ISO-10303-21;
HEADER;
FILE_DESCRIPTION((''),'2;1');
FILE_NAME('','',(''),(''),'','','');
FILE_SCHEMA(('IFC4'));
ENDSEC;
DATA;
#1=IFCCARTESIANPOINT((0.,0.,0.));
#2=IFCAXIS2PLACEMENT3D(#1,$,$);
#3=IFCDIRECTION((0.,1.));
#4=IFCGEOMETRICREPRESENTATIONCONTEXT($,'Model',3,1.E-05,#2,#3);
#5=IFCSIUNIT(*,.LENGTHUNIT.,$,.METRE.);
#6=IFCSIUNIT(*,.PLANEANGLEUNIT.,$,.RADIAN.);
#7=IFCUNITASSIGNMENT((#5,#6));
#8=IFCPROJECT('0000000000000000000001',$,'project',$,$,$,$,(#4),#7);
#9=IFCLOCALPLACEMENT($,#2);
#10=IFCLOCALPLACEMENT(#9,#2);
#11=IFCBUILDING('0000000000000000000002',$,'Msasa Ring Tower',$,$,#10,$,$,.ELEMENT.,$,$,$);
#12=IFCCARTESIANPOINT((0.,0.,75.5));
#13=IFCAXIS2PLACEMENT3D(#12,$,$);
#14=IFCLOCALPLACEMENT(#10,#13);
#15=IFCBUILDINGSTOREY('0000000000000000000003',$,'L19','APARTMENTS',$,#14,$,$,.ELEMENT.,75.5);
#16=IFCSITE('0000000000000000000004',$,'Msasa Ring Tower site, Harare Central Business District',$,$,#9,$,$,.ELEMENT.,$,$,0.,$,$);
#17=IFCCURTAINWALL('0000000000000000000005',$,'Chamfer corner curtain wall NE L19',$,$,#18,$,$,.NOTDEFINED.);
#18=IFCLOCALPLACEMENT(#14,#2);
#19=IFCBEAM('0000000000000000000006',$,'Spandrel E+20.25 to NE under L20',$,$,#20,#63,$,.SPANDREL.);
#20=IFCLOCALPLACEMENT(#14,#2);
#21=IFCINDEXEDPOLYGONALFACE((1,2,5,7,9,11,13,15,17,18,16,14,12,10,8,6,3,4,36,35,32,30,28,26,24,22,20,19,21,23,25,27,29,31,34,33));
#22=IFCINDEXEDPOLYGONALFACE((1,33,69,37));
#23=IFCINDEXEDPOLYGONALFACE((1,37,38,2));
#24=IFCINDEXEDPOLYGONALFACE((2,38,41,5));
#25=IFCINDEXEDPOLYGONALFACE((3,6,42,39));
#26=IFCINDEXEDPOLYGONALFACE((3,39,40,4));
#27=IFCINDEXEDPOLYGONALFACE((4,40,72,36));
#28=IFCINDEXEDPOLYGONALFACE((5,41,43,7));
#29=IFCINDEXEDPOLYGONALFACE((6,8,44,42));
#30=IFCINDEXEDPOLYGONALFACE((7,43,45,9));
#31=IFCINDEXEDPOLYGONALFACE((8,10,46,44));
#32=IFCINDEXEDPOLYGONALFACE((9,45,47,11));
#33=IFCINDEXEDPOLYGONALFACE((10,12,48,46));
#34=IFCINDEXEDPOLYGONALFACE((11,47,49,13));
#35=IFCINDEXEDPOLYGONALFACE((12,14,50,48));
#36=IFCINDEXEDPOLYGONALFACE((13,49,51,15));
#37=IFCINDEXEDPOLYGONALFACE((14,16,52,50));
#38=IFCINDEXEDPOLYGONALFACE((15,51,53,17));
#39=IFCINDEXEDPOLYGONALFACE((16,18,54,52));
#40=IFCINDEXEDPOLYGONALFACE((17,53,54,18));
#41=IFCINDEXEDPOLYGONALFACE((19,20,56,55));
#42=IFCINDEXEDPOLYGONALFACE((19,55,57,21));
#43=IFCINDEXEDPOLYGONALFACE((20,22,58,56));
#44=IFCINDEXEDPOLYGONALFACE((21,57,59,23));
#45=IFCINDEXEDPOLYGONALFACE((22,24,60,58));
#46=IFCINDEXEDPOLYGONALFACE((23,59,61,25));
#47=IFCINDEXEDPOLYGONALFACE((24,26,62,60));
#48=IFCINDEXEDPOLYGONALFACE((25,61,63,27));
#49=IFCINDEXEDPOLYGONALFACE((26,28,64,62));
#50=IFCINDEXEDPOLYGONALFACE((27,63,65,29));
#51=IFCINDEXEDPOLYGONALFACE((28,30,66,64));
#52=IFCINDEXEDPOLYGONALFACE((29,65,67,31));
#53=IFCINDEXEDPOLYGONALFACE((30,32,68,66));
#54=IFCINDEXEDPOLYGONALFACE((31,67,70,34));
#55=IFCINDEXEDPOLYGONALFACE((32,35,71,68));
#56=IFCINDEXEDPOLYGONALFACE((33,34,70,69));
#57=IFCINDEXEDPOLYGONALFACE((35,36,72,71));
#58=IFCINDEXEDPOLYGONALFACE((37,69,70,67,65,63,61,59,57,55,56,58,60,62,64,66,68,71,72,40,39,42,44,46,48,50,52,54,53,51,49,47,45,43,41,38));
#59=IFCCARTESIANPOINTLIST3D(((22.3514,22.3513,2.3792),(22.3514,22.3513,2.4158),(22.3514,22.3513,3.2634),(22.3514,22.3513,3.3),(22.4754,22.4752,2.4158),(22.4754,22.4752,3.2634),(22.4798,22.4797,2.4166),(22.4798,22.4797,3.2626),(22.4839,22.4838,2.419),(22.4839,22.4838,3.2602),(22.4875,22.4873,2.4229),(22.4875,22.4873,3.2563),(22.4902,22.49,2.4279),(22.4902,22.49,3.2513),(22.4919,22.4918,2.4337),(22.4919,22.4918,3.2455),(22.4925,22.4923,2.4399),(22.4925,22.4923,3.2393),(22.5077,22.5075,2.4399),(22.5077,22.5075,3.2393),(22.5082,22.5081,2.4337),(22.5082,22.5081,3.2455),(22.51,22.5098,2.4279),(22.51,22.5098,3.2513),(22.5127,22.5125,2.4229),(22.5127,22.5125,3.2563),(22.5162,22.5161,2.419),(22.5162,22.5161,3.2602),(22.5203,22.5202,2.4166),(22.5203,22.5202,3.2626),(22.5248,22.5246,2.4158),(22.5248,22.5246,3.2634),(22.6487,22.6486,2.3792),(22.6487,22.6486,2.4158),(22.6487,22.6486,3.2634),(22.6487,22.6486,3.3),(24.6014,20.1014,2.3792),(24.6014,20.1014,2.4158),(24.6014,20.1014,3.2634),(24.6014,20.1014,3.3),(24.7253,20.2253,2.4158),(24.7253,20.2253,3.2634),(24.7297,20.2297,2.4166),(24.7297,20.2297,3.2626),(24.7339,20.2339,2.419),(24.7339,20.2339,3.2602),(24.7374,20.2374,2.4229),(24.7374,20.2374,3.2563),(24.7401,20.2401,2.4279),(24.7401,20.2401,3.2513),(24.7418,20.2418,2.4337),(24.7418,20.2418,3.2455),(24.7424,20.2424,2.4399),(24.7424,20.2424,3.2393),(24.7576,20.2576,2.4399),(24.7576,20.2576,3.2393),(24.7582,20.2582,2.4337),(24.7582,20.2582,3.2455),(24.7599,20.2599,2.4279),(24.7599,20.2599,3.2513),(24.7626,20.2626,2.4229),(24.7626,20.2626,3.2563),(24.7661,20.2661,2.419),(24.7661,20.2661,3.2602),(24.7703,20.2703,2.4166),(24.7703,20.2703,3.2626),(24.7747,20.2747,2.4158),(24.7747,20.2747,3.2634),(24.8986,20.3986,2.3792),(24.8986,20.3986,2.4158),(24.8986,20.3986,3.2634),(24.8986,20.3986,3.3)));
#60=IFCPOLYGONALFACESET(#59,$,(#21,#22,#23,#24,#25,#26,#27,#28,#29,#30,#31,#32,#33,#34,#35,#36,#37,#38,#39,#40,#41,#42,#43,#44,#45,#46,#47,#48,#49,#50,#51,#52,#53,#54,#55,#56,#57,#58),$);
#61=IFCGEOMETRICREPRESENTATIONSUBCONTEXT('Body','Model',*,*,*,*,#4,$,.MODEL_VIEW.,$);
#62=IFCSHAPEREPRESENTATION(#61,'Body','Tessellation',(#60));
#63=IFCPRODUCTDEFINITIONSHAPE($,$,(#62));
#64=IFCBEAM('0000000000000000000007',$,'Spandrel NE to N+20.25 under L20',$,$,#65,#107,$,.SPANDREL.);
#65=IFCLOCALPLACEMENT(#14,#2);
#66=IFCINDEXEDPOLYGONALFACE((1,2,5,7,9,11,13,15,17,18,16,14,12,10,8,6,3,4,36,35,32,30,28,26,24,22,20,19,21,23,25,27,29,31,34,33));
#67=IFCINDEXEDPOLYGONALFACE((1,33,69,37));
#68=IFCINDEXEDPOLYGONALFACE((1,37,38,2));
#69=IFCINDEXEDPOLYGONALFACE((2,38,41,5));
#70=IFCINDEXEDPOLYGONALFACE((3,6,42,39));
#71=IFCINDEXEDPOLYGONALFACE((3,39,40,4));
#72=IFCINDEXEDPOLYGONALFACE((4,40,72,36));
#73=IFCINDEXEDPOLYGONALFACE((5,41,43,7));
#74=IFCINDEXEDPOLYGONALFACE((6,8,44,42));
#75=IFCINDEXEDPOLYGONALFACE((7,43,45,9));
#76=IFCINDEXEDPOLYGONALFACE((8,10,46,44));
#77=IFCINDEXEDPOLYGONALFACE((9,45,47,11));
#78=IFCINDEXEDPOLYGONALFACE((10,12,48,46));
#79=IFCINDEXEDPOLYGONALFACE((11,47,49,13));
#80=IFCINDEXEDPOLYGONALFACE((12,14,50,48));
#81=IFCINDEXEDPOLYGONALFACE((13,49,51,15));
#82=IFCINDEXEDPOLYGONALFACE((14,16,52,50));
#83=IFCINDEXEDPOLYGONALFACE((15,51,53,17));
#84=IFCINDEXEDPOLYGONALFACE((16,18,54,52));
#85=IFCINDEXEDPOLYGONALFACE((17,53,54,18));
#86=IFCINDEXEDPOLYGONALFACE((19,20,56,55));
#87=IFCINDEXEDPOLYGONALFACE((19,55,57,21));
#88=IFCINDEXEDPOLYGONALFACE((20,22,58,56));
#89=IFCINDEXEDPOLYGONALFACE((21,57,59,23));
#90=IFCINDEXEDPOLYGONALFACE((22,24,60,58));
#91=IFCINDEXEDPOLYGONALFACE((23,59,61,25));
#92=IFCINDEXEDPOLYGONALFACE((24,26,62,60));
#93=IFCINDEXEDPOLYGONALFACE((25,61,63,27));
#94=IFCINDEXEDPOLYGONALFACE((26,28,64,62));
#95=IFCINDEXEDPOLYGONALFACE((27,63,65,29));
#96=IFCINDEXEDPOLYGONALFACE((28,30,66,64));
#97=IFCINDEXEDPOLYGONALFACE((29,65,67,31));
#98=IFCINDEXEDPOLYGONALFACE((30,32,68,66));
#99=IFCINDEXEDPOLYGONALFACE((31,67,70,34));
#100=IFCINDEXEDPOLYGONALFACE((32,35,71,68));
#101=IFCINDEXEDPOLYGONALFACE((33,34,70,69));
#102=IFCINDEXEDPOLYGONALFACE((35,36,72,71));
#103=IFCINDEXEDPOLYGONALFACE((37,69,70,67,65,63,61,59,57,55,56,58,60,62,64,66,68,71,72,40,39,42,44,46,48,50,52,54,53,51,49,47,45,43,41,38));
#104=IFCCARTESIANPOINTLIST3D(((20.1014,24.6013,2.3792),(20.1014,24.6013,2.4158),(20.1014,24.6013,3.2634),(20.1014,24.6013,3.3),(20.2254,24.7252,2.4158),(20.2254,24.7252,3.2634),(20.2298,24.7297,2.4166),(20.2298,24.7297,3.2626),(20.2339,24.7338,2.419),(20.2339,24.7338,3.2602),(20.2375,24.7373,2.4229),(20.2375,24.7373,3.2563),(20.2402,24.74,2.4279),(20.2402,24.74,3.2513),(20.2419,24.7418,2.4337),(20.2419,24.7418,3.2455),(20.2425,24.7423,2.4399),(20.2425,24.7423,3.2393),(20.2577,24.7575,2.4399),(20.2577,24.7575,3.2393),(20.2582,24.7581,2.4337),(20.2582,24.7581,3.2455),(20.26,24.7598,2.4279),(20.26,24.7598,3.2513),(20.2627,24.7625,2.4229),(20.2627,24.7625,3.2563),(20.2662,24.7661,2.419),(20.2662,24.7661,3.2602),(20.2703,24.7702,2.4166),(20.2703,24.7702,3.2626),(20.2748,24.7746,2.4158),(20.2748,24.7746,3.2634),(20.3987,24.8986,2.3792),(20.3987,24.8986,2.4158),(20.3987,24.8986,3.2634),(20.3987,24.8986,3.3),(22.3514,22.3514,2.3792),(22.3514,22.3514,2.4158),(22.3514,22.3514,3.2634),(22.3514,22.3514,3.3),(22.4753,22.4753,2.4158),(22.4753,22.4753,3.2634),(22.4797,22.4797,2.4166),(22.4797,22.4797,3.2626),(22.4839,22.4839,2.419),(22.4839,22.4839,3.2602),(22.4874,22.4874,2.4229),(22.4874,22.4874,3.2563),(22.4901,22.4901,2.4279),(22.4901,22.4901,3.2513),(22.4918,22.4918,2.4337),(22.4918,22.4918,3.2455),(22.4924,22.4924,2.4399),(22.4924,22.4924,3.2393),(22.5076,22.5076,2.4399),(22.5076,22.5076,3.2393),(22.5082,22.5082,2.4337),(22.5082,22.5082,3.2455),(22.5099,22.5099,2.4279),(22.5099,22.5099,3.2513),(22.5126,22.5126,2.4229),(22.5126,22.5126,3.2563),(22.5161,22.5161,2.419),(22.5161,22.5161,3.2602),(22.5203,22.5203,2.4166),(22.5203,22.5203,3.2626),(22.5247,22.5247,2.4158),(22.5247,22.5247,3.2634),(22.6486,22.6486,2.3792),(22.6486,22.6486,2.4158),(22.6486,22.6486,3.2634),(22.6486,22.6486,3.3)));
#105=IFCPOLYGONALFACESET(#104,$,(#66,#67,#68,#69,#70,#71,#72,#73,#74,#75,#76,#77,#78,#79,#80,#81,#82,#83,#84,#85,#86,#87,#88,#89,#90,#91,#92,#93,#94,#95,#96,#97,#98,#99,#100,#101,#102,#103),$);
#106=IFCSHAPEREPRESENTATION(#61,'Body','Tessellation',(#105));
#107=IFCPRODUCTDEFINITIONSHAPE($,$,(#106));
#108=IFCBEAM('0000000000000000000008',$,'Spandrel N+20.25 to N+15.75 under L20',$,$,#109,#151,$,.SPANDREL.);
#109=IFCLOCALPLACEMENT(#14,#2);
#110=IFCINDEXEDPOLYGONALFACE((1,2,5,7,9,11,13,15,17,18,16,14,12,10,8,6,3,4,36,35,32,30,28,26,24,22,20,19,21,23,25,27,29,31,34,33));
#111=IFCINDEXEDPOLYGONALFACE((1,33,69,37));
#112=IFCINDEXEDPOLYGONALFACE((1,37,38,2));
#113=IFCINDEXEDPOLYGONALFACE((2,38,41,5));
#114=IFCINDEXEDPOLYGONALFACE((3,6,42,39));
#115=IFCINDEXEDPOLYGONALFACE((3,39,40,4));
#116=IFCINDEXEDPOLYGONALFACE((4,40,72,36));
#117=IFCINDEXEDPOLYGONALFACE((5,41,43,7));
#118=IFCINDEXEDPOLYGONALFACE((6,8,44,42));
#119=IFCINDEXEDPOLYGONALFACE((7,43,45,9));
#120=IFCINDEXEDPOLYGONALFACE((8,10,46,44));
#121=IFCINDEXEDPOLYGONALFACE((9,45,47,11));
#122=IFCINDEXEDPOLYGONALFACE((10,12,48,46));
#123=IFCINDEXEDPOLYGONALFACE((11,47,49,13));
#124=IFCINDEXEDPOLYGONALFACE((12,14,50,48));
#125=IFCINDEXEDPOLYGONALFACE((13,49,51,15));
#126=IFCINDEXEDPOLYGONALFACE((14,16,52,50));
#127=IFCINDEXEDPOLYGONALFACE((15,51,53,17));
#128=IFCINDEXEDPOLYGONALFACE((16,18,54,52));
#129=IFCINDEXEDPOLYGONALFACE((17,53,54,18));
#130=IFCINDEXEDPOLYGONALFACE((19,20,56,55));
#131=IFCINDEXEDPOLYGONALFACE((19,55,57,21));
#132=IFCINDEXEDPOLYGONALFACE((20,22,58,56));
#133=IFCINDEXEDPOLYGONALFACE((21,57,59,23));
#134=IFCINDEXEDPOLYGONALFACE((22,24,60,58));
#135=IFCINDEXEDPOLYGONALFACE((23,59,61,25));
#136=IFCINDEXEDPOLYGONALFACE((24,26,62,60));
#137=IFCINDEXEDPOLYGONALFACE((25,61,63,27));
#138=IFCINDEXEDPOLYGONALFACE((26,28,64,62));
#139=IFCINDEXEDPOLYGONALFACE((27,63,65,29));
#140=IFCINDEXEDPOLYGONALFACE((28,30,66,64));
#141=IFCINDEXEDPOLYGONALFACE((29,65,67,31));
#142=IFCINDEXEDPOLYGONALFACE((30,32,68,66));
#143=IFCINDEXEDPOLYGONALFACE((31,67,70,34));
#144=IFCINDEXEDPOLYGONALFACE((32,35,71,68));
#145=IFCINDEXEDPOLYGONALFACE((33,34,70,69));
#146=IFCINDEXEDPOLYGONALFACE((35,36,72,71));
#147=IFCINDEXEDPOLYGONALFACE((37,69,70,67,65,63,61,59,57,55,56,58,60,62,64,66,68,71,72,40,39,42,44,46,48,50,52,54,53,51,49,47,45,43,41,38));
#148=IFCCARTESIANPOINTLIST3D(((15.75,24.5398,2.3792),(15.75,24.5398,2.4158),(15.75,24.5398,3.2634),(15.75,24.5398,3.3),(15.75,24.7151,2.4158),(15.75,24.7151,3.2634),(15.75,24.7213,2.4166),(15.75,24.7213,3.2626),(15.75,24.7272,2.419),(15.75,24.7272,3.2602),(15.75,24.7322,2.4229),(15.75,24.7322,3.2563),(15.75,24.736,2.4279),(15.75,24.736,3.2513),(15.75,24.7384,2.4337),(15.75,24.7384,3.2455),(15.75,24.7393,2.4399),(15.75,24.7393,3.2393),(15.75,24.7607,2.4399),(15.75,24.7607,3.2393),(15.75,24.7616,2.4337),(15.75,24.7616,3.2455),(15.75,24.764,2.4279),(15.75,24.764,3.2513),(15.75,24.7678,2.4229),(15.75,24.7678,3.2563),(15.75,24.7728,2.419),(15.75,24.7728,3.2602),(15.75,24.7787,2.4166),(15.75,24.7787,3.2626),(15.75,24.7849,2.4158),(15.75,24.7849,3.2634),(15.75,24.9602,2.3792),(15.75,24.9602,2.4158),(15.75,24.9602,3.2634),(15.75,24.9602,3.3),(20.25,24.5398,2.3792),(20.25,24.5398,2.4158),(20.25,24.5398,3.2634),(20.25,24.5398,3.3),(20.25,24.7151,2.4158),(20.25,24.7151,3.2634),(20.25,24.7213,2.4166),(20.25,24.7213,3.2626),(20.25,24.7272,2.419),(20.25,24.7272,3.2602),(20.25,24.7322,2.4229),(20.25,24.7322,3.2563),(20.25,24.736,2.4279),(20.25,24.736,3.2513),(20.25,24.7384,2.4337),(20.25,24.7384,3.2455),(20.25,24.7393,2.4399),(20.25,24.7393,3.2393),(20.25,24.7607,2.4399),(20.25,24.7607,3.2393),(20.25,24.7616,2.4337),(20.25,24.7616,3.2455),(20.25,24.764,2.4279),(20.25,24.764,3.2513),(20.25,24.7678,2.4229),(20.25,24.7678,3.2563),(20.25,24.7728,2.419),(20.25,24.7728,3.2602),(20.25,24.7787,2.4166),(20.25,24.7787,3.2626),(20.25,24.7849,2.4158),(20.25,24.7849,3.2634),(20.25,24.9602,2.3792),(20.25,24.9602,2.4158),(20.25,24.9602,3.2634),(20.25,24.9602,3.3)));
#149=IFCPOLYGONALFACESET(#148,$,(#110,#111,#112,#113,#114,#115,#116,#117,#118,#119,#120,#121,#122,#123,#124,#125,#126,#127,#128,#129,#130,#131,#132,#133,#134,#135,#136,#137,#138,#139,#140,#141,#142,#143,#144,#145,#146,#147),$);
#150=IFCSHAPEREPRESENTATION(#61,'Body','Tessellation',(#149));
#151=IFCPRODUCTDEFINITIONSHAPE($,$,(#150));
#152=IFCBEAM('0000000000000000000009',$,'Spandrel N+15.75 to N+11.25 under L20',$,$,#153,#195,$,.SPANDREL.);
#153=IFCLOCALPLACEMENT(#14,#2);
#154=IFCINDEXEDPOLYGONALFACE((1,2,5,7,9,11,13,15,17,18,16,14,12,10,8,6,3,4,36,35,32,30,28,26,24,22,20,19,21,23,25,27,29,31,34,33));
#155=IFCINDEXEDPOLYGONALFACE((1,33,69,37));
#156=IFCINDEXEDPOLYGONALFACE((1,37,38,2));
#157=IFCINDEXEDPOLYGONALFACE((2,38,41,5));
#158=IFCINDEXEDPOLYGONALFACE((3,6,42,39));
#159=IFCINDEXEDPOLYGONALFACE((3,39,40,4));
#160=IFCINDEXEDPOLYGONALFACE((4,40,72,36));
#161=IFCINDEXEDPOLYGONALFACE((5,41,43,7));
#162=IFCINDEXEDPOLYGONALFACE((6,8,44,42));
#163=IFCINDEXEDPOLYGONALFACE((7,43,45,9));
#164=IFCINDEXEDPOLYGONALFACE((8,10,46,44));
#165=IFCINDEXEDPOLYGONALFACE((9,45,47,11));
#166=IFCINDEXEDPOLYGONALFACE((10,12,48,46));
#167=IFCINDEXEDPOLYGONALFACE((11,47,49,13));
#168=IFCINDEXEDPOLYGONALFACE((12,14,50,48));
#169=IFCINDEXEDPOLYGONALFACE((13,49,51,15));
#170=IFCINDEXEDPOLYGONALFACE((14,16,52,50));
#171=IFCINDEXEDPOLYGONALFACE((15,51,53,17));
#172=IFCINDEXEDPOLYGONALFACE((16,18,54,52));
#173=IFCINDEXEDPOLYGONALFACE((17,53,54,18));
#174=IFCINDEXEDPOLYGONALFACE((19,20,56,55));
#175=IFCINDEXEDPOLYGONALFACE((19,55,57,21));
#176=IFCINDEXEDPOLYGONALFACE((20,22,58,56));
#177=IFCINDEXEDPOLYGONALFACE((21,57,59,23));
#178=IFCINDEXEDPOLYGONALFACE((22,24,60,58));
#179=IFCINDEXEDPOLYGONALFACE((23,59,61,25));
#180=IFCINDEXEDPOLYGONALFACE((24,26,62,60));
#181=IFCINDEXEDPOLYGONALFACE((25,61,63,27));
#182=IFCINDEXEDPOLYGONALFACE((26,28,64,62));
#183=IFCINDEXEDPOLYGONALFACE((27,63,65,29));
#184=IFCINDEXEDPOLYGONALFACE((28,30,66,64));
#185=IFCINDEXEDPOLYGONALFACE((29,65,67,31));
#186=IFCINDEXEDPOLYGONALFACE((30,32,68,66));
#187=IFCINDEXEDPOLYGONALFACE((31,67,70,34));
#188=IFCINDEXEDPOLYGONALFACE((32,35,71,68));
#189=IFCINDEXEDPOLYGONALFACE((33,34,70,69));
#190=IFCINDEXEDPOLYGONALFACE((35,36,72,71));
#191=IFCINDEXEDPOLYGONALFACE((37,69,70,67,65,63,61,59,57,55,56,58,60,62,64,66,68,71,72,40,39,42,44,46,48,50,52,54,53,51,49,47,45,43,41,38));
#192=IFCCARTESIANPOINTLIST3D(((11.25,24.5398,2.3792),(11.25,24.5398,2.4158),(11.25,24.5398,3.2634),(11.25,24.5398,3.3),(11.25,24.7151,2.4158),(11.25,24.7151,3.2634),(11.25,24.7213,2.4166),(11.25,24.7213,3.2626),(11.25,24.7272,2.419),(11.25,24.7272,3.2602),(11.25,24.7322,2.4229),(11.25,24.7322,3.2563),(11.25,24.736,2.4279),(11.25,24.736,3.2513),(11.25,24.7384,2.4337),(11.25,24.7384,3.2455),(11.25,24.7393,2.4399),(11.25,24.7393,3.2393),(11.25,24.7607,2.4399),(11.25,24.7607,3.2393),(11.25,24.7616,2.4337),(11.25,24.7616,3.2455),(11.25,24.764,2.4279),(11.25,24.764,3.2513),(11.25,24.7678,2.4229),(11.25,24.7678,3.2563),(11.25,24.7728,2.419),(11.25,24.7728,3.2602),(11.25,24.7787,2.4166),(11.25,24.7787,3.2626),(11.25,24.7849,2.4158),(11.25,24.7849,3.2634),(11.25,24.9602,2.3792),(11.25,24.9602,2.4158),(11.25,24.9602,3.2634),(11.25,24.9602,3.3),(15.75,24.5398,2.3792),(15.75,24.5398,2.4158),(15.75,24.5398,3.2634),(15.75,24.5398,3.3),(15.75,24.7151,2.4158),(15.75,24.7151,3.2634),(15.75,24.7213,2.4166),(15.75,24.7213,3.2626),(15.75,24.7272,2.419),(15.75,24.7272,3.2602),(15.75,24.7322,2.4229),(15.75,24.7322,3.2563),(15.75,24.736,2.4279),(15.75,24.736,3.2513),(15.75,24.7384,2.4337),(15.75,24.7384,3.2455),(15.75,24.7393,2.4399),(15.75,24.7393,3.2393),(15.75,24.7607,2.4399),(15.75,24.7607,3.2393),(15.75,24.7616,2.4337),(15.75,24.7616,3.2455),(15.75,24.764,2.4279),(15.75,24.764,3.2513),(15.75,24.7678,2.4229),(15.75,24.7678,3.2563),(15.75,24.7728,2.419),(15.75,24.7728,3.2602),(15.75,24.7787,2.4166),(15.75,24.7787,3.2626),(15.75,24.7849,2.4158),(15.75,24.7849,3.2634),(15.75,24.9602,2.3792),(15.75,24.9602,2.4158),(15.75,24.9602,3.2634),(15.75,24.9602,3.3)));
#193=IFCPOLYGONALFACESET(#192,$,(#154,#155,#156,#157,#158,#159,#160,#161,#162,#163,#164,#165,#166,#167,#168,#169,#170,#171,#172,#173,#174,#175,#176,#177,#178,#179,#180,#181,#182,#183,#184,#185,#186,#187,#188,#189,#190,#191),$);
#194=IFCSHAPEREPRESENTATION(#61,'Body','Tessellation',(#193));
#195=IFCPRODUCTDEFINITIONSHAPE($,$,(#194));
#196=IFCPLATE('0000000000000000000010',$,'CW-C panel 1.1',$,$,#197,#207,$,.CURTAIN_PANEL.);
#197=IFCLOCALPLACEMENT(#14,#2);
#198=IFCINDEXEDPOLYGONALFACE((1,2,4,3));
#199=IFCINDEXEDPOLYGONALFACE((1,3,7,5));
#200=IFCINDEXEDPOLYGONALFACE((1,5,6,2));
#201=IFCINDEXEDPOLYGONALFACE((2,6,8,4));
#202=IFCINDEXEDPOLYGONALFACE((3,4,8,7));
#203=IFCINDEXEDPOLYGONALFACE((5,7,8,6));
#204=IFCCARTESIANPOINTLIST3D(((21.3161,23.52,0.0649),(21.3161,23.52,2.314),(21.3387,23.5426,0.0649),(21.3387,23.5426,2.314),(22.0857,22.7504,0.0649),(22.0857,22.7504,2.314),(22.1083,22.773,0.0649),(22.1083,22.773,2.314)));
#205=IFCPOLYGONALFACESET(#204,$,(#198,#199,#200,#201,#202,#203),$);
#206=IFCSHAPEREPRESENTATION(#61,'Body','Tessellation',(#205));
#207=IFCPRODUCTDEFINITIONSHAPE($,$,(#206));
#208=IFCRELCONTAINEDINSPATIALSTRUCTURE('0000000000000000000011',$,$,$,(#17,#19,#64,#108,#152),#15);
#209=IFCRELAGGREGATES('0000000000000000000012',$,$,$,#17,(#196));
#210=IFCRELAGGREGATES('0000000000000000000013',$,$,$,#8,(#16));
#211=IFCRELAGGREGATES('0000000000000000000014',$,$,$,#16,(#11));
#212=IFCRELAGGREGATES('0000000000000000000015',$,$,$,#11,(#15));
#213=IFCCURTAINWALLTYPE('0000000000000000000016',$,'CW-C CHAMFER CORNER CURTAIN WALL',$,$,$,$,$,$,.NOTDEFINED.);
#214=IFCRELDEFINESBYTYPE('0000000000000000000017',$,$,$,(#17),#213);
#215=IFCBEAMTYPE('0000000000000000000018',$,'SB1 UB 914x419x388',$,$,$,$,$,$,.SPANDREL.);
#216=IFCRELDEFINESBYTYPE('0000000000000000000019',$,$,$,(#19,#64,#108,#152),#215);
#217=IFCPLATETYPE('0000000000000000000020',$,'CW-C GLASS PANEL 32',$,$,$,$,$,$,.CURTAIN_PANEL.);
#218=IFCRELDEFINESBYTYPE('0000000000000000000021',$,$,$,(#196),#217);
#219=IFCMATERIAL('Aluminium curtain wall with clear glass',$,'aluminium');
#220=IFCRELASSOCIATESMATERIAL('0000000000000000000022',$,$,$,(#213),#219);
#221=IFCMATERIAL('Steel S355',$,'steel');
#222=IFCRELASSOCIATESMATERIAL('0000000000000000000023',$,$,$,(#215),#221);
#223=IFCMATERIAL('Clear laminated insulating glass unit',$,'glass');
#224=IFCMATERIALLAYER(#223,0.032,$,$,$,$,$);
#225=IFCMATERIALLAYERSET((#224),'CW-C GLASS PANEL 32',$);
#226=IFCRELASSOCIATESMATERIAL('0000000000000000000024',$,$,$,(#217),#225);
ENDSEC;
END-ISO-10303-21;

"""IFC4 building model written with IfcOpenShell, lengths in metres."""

from ifc_helpers import new_model, si_unit, direction, frame, origin, origin_2d, place, context, subcontext, project, spatial, rectangle, i_section, extrude, material, layer, layer_set, material_profile, profile_set, type_object, element, aggregate, save


model = new_model("IFC4")

# Units and contexts
model_context = context("Model", 3, precision=1e-05, world=origin(), true_north=direction((0.0, 1.0)))
body_context = subcontext(model_context, "Body", "Model", "MODEL_VIEW")
ifc_project = project(units=[si_unit("LENGTHUNIT", "METRE"), si_unit("PLANEANGLEUNIT", "RADIAN")], contexts=[model_context])

# Site, building, storey
site_placement = place(None, origin())
site = spatial("IfcSite", under=ifc_project, at=site_placement, Name="Msasa Ring Tower site, Harare Central Business District", CompositionType="ELEMENT", RefElevation=0.0)
building_placement = place(site_placement, origin())
building = spatial("IfcBuilding", under=site, at=building_placement, Name="Msasa Ring Tower", CompositionType="ELEMENT")
storey_placement = place(building_placement, frame((0.0, 0.0, 75.5)))
storey = spatial("IfcBuildingStorey", under=building, at=storey_placement, Name="L19", Description="APARTMENTS", CompositionType="ELEMENT", Elevation=75.5)

# Curtain wall
ifc_material_1 = material(Name="Aluminium curtain wall with clear glass", Category="aluminium")
curtain_wall_type = type_object("IfcCurtainWallType", Name="CW-C CHAMFER CORNER CURTAIN WALL", PredefinedType="NOTDEFINED", material=ifc_material_1)
curtain_wall_1_placement = place(storey_placement, origin())
curtain_wall_1 = element("IfcCurtainWall", 1, at=curtain_wall_1_placement, inside=storey, type_object=curtain_wall_type, Name="Chamfer corner curtain wall NE L19", PredefinedType="NOTDEFINED")

# Beams
ifc_material_2 = material(Name="Steel S355", Category="steel")
ifc_material_profile_1 = material_profile(ifc_material_2, i_section(OverallWidth=0.4204, OverallDepth=0.9209, WebThickness=0.0215, FlangeThickness=0.0366, FilletRadius=0.0242, at=origin_2d()), Name="UB 914x419x388")
ifc_profile_set_1 = profile_set([ifc_material_profile_1], Name="Steel S355")
beam_type_1 = type_object("IfcBeamType", Name="SB1 UB 914x419x388", PredefinedType="SPANDREL", material=ifc_profile_set_1)
for number, where, z_axis, x_axis, name in (
    (2, (24.75, 20.25, 2.8396), (-0.707107, 0.707107, 0.0), (-0.707107, -0.707107, 0.0), "Spandrel E+20.25 to NE under L20"),
    (3, (22.5, 22.5, 2.8396), (-0.707107, 0.707107, 0.0), (-0.707107, -0.707107, 0.0), "Spandrel NE to N+20.25 under L20"),
):
    element("IfcBeam", number, at=place(storey_placement, frame(where, z_axis=z_axis, x_axis=x_axis)), inside=storey, type_object=beam_type_1, Name=name, PredefinedType="SPANDREL", context=body_context, shape_type="SweptSolid", body=[
        extrude(i_section(OverallWidth=0.4204, OverallDepth=0.9209, WebThickness=0.0215, FlangeThickness=0.0366, FilletRadius=0.0242, at=origin_2d()), origin(), (0.0, 0.0, 1.0), 3.1819),
    ])
for number, where, z_axis, x_axis, name in (
    (4, (20.25, 24.75, 2.8396), (-1.0, 0.0, 0.0), (0.0, -1.0, 0.0), "Spandrel N+20.25 to N+15.75 under L20"),
    (5, (15.75, 24.75, 2.8396), (-1.0, 0.0, 0.0), (0.0, -1.0, 0.0), "Spandrel N+15.75 to N+11.25 under L20"),
):
    element("IfcBeam", number, at=place(storey_placement, frame(where, z_axis=z_axis, x_axis=x_axis)), inside=storey, type_object=beam_type_1, Name=name, PredefinedType="SPANDREL", context=body_context, shape_type="SweptSolid", body=[
        extrude(i_section(OverallWidth=0.4204, OverallDepth=0.9209, WebThickness=0.0215, FlangeThickness=0.0366, FilletRadius=0.0242, at=origin_2d()), origin(), (0.0, 0.0, 1.0), 4.5),
    ])

# Plate
ifc_material_3 = material(Name="Clear laminated insulating glass unit", Category="glass")
ifc_layer_1 = layer(ifc_material_3, 0.032)
ifc_layer_set_1 = layer_set([ifc_layer_1], Name="CW-C GLASS PANEL 32")
plate_type = type_object("IfcPlateType", Name="CW-C GLASS PANEL 32", PredefinedType="CURTAIN_PANEL", material=ifc_layer_set_1)
plate_1_placement = place(storey_placement, frame((21.7122, 23.1465, 0.0649), z_axis=(0.0, 0.0, 1.0), x_axis=(-0.707107, 0.707107, 0.0)))
plate_1 = element("IfcPlate", 6, at=plate_1_placement, type_object=plate_type, Name="CW-C panel 1.1", PredefinedType="CURTAIN_PANEL", context=body_context, shape_type="SweptSolid", body=[
    extrude(rectangle(XDim=1.0884, YDim=0.032, at=origin_2d()), origin(), (0.0, 0.0, 1.0), 2.249),
])
aggregate(curtain_wall_1, [plate_1])

save(model, "model.ifc")
